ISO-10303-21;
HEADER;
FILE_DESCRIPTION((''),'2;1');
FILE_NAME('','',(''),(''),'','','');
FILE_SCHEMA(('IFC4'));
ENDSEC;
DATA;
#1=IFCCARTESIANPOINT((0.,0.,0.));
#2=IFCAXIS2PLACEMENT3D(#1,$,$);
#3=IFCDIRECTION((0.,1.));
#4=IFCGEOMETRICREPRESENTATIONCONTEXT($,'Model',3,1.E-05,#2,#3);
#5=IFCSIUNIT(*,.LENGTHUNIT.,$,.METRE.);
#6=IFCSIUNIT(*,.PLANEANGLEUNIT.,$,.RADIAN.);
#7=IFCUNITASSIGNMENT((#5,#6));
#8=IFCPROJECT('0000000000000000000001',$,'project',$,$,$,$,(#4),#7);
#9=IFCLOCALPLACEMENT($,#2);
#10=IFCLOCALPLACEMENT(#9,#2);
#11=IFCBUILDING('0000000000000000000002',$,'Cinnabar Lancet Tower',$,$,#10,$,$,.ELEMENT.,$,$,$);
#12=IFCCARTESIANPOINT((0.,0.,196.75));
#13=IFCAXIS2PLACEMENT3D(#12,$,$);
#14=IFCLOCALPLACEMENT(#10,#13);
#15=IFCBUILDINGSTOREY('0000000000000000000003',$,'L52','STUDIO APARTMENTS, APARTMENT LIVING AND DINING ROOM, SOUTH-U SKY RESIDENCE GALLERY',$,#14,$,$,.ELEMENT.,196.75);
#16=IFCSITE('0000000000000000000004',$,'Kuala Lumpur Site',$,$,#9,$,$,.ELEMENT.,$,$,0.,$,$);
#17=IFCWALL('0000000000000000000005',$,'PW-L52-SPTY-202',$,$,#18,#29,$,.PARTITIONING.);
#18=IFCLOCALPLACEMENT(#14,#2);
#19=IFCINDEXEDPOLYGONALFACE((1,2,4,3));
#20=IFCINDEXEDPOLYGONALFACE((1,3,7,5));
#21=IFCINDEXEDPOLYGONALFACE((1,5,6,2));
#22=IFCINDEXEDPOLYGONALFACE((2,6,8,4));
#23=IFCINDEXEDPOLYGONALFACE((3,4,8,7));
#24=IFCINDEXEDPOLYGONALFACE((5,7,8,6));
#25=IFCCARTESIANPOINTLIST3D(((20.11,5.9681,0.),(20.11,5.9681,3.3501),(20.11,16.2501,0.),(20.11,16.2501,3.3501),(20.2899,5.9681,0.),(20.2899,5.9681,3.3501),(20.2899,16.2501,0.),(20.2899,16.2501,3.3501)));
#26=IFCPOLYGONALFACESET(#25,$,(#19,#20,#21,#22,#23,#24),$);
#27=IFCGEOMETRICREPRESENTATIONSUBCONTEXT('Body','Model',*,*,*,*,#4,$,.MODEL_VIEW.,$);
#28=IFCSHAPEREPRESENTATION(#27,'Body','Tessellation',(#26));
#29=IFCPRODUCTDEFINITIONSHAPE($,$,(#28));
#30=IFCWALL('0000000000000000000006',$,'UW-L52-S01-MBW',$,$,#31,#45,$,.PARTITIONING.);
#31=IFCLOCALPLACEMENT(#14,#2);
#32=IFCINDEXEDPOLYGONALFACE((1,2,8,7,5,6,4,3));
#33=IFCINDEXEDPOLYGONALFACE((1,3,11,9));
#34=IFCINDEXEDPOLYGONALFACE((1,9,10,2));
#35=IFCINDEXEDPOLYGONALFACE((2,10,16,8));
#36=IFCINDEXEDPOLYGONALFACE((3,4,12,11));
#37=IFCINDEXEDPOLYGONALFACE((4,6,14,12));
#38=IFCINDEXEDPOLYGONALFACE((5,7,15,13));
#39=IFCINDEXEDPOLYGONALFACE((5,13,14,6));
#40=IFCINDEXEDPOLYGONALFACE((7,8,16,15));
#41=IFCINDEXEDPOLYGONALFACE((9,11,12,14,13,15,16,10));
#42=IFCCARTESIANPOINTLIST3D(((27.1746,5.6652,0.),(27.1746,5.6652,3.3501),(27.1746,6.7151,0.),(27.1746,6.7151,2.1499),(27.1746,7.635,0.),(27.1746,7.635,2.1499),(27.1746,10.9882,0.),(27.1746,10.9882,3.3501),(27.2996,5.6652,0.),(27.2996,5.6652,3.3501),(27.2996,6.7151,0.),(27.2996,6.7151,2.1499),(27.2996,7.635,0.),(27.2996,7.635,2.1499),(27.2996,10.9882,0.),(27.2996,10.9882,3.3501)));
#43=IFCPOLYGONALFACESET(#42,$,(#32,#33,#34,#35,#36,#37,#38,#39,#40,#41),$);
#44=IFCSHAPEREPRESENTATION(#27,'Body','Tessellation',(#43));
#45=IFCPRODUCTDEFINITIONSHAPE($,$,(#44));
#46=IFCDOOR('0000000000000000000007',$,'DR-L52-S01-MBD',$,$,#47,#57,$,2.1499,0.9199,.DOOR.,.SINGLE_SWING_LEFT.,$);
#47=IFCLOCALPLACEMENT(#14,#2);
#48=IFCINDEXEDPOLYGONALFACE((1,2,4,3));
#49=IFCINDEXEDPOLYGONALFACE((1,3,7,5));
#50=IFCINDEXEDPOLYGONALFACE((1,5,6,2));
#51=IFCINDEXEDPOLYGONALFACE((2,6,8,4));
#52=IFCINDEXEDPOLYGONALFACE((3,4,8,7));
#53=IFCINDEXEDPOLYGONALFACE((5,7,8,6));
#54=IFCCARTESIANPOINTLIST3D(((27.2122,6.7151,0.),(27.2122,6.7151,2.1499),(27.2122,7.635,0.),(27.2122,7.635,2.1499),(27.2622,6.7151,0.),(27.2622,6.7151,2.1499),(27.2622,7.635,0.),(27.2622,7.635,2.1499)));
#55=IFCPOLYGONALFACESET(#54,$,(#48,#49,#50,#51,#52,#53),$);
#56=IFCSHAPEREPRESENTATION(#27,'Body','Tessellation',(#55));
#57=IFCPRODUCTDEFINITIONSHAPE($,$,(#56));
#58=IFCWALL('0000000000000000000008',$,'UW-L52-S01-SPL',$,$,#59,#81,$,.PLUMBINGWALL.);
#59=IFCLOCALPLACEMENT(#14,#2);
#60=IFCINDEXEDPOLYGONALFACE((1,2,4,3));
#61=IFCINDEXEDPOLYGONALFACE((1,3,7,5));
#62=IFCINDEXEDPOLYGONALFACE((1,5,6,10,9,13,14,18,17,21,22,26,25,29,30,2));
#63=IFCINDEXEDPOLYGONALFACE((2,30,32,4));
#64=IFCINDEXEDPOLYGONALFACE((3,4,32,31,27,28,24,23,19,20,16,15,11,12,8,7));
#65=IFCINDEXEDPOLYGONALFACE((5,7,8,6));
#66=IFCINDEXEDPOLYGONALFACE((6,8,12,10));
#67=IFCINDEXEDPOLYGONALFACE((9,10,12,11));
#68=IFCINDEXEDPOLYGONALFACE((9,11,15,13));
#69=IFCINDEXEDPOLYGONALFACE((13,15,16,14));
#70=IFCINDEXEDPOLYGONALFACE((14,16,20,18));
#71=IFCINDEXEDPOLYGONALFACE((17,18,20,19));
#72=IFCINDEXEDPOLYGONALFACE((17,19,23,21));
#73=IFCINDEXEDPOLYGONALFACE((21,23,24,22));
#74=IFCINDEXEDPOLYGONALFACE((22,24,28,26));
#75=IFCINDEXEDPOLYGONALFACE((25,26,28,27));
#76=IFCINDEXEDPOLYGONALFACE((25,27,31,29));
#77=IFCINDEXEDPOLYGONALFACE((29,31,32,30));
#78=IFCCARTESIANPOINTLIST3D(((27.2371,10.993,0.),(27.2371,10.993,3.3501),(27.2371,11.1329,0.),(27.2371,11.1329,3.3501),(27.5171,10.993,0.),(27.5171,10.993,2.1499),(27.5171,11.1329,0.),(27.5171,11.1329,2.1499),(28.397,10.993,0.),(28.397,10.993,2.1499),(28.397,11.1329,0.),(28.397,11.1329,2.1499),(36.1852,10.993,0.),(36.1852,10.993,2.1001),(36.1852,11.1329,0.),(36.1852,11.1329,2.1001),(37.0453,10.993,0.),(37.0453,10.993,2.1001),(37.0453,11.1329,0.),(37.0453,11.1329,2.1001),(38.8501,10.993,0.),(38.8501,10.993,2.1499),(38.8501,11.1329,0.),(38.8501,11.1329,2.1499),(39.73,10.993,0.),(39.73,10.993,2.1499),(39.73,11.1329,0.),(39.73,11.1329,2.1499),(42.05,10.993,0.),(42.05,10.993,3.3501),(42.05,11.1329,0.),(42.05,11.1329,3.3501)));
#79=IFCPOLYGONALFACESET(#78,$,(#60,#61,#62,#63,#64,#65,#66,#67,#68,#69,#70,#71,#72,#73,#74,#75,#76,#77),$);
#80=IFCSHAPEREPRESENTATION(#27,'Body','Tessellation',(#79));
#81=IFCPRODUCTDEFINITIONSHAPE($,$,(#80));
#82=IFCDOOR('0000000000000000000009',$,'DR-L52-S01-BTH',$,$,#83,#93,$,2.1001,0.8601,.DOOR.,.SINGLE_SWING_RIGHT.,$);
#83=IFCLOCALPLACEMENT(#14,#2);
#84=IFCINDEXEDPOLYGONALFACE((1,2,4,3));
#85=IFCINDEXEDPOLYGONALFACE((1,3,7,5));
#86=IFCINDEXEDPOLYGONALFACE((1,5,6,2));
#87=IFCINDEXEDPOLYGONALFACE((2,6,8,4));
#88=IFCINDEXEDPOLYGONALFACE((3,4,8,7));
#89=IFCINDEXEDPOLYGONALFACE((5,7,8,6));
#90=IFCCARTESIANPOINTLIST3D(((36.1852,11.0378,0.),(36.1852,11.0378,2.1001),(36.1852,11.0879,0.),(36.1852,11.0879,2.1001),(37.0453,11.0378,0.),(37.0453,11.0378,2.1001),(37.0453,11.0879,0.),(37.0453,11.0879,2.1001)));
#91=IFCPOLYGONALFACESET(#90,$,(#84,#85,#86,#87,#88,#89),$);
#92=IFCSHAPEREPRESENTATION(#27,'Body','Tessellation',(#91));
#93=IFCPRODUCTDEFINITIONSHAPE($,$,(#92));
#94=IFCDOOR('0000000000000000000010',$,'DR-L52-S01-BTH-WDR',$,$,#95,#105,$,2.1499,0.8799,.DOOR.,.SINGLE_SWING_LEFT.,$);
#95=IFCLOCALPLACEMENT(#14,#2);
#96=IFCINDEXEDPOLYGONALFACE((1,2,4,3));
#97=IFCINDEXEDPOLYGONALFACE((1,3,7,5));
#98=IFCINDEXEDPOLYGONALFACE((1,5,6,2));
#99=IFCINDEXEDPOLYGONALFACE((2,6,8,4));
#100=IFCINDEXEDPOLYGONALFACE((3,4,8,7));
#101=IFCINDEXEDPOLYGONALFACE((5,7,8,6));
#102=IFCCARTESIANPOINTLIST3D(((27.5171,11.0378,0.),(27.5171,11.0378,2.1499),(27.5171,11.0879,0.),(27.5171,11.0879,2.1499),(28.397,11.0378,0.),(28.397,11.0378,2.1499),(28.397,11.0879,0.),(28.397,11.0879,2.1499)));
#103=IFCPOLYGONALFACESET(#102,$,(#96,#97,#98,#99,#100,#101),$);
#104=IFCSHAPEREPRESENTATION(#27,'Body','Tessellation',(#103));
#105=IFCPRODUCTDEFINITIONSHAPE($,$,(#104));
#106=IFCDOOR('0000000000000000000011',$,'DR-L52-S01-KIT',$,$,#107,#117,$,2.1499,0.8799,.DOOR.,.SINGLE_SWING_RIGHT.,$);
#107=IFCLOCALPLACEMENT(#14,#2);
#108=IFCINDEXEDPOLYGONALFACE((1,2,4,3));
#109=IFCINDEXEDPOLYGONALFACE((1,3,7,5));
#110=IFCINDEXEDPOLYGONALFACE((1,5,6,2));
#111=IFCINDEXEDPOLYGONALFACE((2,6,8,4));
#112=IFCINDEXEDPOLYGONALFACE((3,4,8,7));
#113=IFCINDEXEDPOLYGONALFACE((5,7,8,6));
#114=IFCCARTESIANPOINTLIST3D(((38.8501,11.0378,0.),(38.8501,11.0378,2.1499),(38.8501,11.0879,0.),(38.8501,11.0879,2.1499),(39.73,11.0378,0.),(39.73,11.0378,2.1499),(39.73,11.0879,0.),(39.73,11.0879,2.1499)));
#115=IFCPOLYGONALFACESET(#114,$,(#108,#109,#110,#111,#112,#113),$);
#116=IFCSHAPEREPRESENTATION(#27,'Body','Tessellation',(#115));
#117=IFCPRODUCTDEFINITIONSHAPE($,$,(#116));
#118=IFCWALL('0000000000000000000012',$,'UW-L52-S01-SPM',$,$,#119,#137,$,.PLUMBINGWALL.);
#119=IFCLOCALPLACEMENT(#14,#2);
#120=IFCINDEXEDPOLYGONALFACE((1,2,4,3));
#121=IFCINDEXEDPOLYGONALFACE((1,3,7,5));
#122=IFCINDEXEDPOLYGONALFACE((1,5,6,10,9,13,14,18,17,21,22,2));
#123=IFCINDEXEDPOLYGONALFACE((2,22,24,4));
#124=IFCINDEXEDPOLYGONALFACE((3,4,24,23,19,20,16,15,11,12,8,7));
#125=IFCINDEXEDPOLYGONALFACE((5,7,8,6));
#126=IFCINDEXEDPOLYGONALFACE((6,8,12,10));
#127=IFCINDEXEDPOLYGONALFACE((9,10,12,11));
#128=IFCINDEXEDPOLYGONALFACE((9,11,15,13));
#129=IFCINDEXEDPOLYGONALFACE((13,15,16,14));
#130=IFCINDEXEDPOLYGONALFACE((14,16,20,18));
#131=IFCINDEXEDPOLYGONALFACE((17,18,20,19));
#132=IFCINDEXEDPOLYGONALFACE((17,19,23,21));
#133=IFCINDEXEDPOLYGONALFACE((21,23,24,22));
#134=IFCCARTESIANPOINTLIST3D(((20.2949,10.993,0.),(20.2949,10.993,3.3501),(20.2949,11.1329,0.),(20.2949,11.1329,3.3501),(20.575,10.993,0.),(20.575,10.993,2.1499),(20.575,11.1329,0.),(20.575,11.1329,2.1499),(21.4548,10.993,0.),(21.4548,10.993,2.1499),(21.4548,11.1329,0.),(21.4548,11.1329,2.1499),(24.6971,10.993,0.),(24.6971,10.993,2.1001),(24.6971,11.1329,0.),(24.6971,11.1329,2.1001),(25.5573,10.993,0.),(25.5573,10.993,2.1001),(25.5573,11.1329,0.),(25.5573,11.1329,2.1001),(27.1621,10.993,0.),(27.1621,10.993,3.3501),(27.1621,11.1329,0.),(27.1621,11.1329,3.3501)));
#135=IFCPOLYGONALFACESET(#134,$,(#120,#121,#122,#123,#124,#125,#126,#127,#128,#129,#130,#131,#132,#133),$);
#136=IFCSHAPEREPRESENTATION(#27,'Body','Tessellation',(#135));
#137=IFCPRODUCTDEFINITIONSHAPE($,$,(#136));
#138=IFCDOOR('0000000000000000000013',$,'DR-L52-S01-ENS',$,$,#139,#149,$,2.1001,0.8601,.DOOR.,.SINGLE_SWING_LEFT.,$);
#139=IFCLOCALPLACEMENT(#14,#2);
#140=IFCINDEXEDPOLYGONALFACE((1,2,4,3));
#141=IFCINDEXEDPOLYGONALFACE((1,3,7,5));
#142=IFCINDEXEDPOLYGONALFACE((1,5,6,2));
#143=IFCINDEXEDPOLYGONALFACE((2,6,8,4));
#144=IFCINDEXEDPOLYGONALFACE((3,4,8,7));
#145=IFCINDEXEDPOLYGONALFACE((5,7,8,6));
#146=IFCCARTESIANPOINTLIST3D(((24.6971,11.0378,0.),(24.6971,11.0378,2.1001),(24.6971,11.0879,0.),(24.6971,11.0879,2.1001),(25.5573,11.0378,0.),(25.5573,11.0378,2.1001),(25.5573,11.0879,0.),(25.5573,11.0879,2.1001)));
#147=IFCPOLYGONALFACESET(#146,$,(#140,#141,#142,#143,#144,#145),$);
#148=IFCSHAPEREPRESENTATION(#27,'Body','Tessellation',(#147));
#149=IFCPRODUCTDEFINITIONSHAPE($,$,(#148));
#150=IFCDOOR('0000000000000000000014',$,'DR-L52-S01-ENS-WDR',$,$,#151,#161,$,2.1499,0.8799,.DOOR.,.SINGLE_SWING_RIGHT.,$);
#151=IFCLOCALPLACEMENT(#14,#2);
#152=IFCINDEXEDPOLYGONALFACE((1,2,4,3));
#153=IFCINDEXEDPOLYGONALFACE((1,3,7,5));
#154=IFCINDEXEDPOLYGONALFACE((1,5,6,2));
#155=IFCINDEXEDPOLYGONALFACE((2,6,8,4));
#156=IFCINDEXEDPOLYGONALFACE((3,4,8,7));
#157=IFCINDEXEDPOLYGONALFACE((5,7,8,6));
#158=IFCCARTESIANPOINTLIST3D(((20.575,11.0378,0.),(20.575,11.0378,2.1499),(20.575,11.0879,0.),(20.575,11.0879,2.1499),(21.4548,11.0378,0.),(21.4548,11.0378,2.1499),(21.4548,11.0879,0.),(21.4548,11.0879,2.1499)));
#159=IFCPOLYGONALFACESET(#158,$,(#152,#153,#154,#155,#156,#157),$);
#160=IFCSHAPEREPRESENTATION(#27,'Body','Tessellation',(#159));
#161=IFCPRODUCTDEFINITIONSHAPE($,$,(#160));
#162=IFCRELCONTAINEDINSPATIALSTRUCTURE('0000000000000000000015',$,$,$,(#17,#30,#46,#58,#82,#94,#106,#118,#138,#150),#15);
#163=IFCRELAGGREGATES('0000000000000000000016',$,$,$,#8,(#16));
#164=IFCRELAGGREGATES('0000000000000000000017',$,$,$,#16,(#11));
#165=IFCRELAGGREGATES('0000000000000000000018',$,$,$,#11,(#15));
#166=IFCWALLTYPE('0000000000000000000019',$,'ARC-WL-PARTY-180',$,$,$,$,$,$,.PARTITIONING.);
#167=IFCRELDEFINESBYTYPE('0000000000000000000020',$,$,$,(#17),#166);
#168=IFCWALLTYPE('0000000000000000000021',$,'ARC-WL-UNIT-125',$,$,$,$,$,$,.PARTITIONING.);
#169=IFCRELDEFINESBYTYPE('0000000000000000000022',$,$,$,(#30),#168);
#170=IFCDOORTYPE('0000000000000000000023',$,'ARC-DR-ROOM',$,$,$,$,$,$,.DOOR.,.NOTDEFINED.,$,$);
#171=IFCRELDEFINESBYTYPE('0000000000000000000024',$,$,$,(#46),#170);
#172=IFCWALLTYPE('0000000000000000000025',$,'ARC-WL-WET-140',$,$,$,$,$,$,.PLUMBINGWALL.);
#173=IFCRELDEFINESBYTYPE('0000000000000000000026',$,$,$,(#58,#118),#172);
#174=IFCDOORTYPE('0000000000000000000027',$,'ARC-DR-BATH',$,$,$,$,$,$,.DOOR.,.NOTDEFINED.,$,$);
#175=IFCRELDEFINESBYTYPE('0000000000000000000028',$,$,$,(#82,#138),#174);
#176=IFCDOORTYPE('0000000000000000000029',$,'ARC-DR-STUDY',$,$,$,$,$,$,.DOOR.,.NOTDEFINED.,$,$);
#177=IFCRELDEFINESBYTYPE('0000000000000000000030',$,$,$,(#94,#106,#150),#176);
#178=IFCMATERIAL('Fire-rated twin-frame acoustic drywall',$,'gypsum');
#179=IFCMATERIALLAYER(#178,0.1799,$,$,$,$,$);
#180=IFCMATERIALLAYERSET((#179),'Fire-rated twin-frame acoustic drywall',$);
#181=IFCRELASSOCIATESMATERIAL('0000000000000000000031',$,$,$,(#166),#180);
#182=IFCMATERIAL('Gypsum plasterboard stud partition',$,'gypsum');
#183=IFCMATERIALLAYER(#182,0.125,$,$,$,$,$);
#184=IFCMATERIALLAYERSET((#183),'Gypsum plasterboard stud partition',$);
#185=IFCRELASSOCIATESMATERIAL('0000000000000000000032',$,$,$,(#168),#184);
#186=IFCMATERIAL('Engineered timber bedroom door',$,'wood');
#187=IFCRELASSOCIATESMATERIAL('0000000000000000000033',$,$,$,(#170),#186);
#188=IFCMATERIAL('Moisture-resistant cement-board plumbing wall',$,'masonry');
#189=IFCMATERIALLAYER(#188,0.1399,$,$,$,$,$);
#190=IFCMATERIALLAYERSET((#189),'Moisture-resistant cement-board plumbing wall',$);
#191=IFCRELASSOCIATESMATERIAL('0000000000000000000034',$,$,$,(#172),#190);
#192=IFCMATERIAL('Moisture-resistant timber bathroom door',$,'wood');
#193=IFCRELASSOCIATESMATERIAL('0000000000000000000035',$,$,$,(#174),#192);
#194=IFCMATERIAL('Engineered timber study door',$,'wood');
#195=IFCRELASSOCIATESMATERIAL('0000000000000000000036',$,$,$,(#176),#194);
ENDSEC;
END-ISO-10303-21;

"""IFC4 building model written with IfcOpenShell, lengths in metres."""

from ifc_helpers import new_model, si_unit, direction, frame, frame_2d, origin, place, context, subcontext, project, spatial, rectangle, extrude, material, layer, layer_set, type_object, element, fill, save


model = new_model("IFC4")

# Units and contexts
model_context = context("Model", 3, precision=1e-05, world=origin(), true_north=direction((0.0, 1.0)))
body_context = subcontext(model_context, "Body", "Model", "MODEL_VIEW")
ifc_project = project(units=[si_unit("LENGTHUNIT", "METRE"), si_unit("PLANEANGLEUNIT", "RADIAN")], contexts=[model_context])

# Site, building, storey
site_placement = place(None, origin())
site = spatial("IfcSite", under=ifc_project, at=site_placement, Name="Kuala Lumpur Site", CompositionType="ELEMENT", RefElevation=0.0)
building_placement = place(site_placement, origin())
building = spatial("IfcBuilding", under=site, at=building_placement, Name="Cinnabar Lancet Tower", CompositionType="ELEMENT")
storey_placement = place(building_placement, frame((0.0, 0.0, 196.75)))
storey = spatial("IfcBuildingStorey", under=building, at=storey_placement, Name="L52", Description="STUDIO APARTMENTS, APARTMENT LIVING AND DINING ROOM, SOUTH-U SKY RESIDENCE GALLERY", CompositionType="ELEMENT", Elevation=196.75)

# Wall
ifc_material_1 = material(Name="Fire-rated twin-frame acoustic drywall", Category="gypsum")
ifc_layer_1 = layer(ifc_material_1, 0.1799)
ifc_layer_set_1 = layer_set([ifc_layer_1], Name="Fire-rated twin-frame acoustic drywall")
wall_type_1 = type_object("IfcWallType", Name="ARC-WL-PARTY-180", PredefinedType="PARTITIONING", material=ifc_layer_set_1)
wall_1_placement = place(storey_placement, frame((20.2, 5.968, 0.0), z_axis=(0.0, 0.0, 1.0), x_axis=(0.0, 1.0, 0.0)))
element("IfcWall", 1, at=wall_1_placement, inside=storey, type_object=wall_type_1, Name="PW-L52-SPTY-202", PredefinedType="PARTITIONING", context=body_context, shape_type="SweptSolid", body=[
    extrude(rectangle(XDim=10.282, YDim=0.1799, at=frame_2d((5.1411, 0.0))), origin(), (0.0, 0.0, 1.0), 3.3501),
])

# Wall, opening, door
ifc_material_2 = material(Name="Gypsum plasterboard stud partition", Category="gypsum")
ifc_layer_2 = layer(ifc_material_2, 0.125)
ifc_layer_set_2 = layer_set([ifc_layer_2], Name="Gypsum plasterboard stud partition")
wall_type_2 = type_object("IfcWallType", Name="ARC-WL-UNIT-125", PredefinedType="PARTITIONING", material=ifc_layer_set_2)
wall_2_placement = place(storey_placement, frame((27.2371, 5.665, 0.0), z_axis=(0.0, 0.0, 1.0), x_axis=(0.0, 1.0, 0.0)))
wall_2 = element("IfcWall", 2, at=wall_2_placement, inside=storey, type_object=wall_type_2, Name="UW-L52-S01-MBW", PredefinedType="PARTITIONING", context=body_context, shape_type="SweptSolid", body=[
    extrude(rectangle(XDim=5.323, YDim=0.125, at=frame_2d((2.6616, 0.0))), origin(), (0.0, 0.0, 1.0), 3.3501),
])
opening_1_placement = place(wall_2_placement, frame((1.05, 0.0, 0.0)))
opening_1 = element("IfcOpeningElement", 3, at=opening_1_placement, cuts=wall_2, PredefinedType="OPENING", context=body_context, shape_type="SweptSolid", body=[
    extrude(rectangle(XDim=0.9199, YDim=2.1499, at=frame_2d((0.46, 1.075))), frame((0.0, 0.0725, 0.0), z_axis=(0.0, -1.0, 0.0), x_axis=(1.0, 0.0, 0.0)), (0.0, 0.0, 1.0), 0.145),
])
ifc_material_3 = material(Name="Engineered timber bedroom door", Category="wood")
door_type_1 = type_object("IfcDoorType", Name="ARC-DR-ROOM", OperationType="NOTDEFINED", PredefinedType="DOOR", material=ifc_material_3)
door_1_placement = place(opening_1_placement, origin())
door_1 = element("IfcDoor", 4, at=door_1_placement, inside=storey, type_object=door_type_1, Name="DR-L52-S01-MBD", OperationType="SINGLE_SWING_LEFT", OverallHeight=2.1499, OverallWidth=0.9199, PredefinedType="DOOR", context=body_context, shape_type="SweptSolid", body=[
    extrude(rectangle(XDim=0.9199, YDim=2.1499, at=frame_2d((0.46, 1.075))), frame((0.0, 0.0249, 0.0), z_axis=(0.0, -1.0, 0.0), x_axis=(1.0, 0.0, 0.0)), (0.0, 0.0, 1.0), 0.05),
])
fill(opening_1, door_1)

# Walls, openings, doors
ifc_material_4 = material(Name="Moisture-resistant cement-board plumbing wall", Category="masonry")
ifc_layer_3 = layer(ifc_material_4, 0.1399)
ifc_layer_set_3 = layer_set([ifc_layer_3], Name="Moisture-resistant cement-board plumbing wall")
wall_type_3 = type_object("IfcWallType", Name="ARC-WL-WET-140", PredefinedType="PLUMBINGWALL", material=ifc_layer_set_3)
wall_3_placement = place(storey_placement, frame((27.2371, 11.063, 0.0), z_axis=(0.0, 0.0, 1.0), x_axis=(1.0, 0.0, 0.0)))
wall_3 = element("IfcWall", 5, at=wall_3_placement, inside=storey, type_object=wall_type_3, Name="UW-L52-S01-SPL", PredefinedType="PLUMBINGWALL", context=body_context, shape_type="SweptSolid", body=[
    extrude(rectangle(XDim=14.813, YDim=0.1399, at=frame_2d((7.4065, 0.0))), origin(), (0.0, 0.0, 1.0), 3.3501),
])
opening_2_placement = place(wall_3_placement, frame((0.28, 0.0, 0.0)))
opening_2 = element("IfcOpeningElement", 6, at=opening_2_placement, cuts=wall_3, PredefinedType="OPENING", context=body_context, shape_type="SweptSolid", body=[
    extrude(rectangle(XDim=0.8799, YDim=2.1499, at=frame_2d((0.4399, 1.075))), frame((0.0, 0.0798, 0.0), z_axis=(0.0, -1.0, 0.0), x_axis=(1.0, 0.0, 0.0)), (0.0, 0.0, 1.0), 0.1599),
])
opening_3_placement = place(wall_3_placement, frame((8.948, 0.0, 0.0)))
opening_3 = element("IfcOpeningElement", 7, at=opening_3_placement, cuts=wall_3, PredefinedType="OPENING", context=body_context, shape_type="SweptSolid", body=[
    extrude(rectangle(XDim=0.8601, YDim=2.1001, at=frame_2d((0.4302, 1.05))), frame((0.0, 0.0798, 0.0), z_axis=(0.0, -1.0, 0.0), x_axis=(1.0, 0.0, 0.0)), (0.0, 0.0, 1.0), 0.1599),
])
opening_4_placement = place(wall_3_placement, frame((11.613, 0.0, 0.0)))
opening_4 = element("IfcOpeningElement", 8, at=opening_4_placement, cuts=wall_3, PredefinedType="OPENING", context=body_context, shape_type="SweptSolid", body=[
    extrude(rectangle(XDim=0.8799, YDim=2.1499, at=frame_2d((0.4399, 1.075))), frame((0.0, 0.0798, 0.0), z_axis=(0.0, -1.0, 0.0), x_axis=(1.0, 0.0, 0.0)), (0.0, 0.0, 1.0), 0.1599),
])
ifc_material_5 = material(Name="Moisture-resistant timber bathroom door", Category="wood")
door_type_2 = type_object("IfcDoorType", Name="ARC-DR-BATH", OperationType="NOTDEFINED", PredefinedType="DOOR", material=ifc_material_5)
door_2_placement = place(opening_3_placement, origin())
door_2 = element("IfcDoor", 9, at=door_2_placement, inside=storey, type_object=door_type_2, Name="DR-L52-S01-BTH", OperationType="SINGLE_SWING_RIGHT", OverallHeight=2.1001, OverallWidth=0.8601, PredefinedType="DOOR", context=body_context, shape_type="SweptSolid", body=[
    extrude(rectangle(XDim=0.8601, YDim=2.1001, at=frame_2d((0.4302, 1.05))), frame((0.0, 0.0249, 0.0), z_axis=(0.0, -1.0, 0.0), x_axis=(1.0, 0.0, 0.0)), (0.0, 0.0, 1.0), 0.05),
])
fill(opening_3, door_2)
ifc_material_6 = material(Name="Engineered timber study door", Category="wood")
door_type_3 = type_object("IfcDoorType", Name="ARC-DR-STUDY", OperationType="NOTDEFINED", PredefinedType="DOOR", material=ifc_material_6)
door_3_placement = place(opening_2_placement, origin())
door_3 = element("IfcDoor", 10, at=door_3_placement, inside=storey, type_object=door_type_3, Name="DR-L52-S01-BTH-WDR", OperationType="SINGLE_SWING_LEFT", OverallHeight=2.1499, OverallWidth=0.8799, PredefinedType="DOOR", context=body_context, shape_type="SweptSolid", body=[
    extrude(rectangle(XDim=0.8799, YDim=2.1499, at=frame_2d((0.4399, 1.075))), frame((0.0, 0.0249, 0.0), z_axis=(0.0, -1.0, 0.0), x_axis=(1.0, 0.0, 0.0)), (0.0, 0.0, 1.0), 0.05),
])
fill(opening_2, door_3)
door_4_placement = place(opening_4_placement, origin())
door_4 = element("IfcDoor", 11, at=door_4_placement, inside=storey, type_object=door_type_3, Name="DR-L52-S01-KIT", OperationType="SINGLE_SWING_RIGHT", OverallHeight=2.1499, OverallWidth=0.8799, PredefinedType="DOOR", context=body_context, shape_type="SweptSolid", body=[
    extrude(rectangle(XDim=0.8799, YDim=2.1499, at=frame_2d((0.4399, 1.075))), frame((0.0, 0.0249, 0.0), z_axis=(0.0, -1.0, 0.0), x_axis=(1.0, 0.0, 0.0)), (0.0, 0.0, 1.0), 0.05),
])
fill(opening_4, door_4)
wall_4_placement = place(storey_placement, frame((20.2949, 11.063, 0.0), z_axis=(0.0, 0.0, 1.0), x_axis=(1.0, 0.0, 0.0)))
wall_4 = element("IfcWall", 12, at=wall_4_placement, inside=storey, type_object=wall_type_3, Name="UW-L52-S01-SPM", PredefinedType="PLUMBINGWALL", context=body_context, shape_type="SweptSolid", body=[
    extrude(rectangle(XDim=6.8672, YDim=0.1399, at=frame_2d((3.4336, 0.0))), origin(), (0.0, 0.0, 1.0), 3.3501),
])
opening_5_placement = place(wall_4_placement, frame((0.28, 0.0, 0.0)))
opening_5 = element("IfcOpeningElement", 13, at=opening_5_placement, cuts=wall_4, PredefinedType="OPENING", context=body_context, shape_type="SweptSolid", body=[
    extrude(rectangle(XDim=0.8799, YDim=2.1499, at=frame_2d((0.4399, 1.075))), frame((0.0, 0.0798, 0.0), z_axis=(0.0, -1.0, 0.0), x_axis=(1.0, 0.0, 0.0)), (0.0, 0.0, 1.0), 0.1599),
])
opening_6_placement = place(wall_4_placement, frame((4.4021, 0.0, 0.0)))
opening_6 = element("IfcOpeningElement", 14, at=opening_6_placement, cuts=wall_4, PredefinedType="OPENING", context=body_context, shape_type="SweptSolid", body=[
    extrude(rectangle(XDim=0.8601, YDim=2.1001, at=frame_2d((0.4302, 1.05))), frame((0.0, 0.0798, 0.0), z_axis=(0.0, -1.0, 0.0), x_axis=(1.0, 0.0, 0.0)), (0.0, 0.0, 1.0), 0.1599),
])
door_5_placement = place(opening_6_placement, origin())
door_5 = element("IfcDoor", 15, at=door_5_placement, inside=storey, type_object=door_type_2, Name="DR-L52-S01-ENS", OperationType="SINGLE_SWING_LEFT", OverallHeight=2.1001, OverallWidth=0.8601, PredefinedType="DOOR", context=body_context, shape_type="SweptSolid", body=[
    extrude(rectangle(XDim=0.8601, YDim=2.1001, at=frame_2d((0.4302, 1.05))), frame((0.0, 0.0249, 0.0), z_axis=(0.0, -1.0, 0.0), x_axis=(1.0, 0.0, 0.0)), (0.0, 0.0, 1.0), 0.05),
])
fill(opening_6, door_5)
door_6_placement = place(opening_5_placement, origin())
door_6 = element("IfcDoor", 16, at=door_6_placement, inside=storey, type_object=door_type_3, Name="DR-L52-S01-ENS-WDR", OperationType="SINGLE_SWING_RIGHT", OverallHeight=2.1499, OverallWidth=0.8799, PredefinedType="DOOR", context=body_context, shape_type="SweptSolid", body=[
    extrude(rectangle(XDim=0.8799, YDim=2.1499, at=frame_2d((0.4399, 1.075))), frame((0.0, 0.0249, 0.0), z_axis=(0.0, -1.0, 0.0), x_axis=(1.0, 0.0, 0.0)), (0.0, 0.0, 1.0), 0.05),
])
fill(opening_5, door_6)

save(model, "model.ifc")
